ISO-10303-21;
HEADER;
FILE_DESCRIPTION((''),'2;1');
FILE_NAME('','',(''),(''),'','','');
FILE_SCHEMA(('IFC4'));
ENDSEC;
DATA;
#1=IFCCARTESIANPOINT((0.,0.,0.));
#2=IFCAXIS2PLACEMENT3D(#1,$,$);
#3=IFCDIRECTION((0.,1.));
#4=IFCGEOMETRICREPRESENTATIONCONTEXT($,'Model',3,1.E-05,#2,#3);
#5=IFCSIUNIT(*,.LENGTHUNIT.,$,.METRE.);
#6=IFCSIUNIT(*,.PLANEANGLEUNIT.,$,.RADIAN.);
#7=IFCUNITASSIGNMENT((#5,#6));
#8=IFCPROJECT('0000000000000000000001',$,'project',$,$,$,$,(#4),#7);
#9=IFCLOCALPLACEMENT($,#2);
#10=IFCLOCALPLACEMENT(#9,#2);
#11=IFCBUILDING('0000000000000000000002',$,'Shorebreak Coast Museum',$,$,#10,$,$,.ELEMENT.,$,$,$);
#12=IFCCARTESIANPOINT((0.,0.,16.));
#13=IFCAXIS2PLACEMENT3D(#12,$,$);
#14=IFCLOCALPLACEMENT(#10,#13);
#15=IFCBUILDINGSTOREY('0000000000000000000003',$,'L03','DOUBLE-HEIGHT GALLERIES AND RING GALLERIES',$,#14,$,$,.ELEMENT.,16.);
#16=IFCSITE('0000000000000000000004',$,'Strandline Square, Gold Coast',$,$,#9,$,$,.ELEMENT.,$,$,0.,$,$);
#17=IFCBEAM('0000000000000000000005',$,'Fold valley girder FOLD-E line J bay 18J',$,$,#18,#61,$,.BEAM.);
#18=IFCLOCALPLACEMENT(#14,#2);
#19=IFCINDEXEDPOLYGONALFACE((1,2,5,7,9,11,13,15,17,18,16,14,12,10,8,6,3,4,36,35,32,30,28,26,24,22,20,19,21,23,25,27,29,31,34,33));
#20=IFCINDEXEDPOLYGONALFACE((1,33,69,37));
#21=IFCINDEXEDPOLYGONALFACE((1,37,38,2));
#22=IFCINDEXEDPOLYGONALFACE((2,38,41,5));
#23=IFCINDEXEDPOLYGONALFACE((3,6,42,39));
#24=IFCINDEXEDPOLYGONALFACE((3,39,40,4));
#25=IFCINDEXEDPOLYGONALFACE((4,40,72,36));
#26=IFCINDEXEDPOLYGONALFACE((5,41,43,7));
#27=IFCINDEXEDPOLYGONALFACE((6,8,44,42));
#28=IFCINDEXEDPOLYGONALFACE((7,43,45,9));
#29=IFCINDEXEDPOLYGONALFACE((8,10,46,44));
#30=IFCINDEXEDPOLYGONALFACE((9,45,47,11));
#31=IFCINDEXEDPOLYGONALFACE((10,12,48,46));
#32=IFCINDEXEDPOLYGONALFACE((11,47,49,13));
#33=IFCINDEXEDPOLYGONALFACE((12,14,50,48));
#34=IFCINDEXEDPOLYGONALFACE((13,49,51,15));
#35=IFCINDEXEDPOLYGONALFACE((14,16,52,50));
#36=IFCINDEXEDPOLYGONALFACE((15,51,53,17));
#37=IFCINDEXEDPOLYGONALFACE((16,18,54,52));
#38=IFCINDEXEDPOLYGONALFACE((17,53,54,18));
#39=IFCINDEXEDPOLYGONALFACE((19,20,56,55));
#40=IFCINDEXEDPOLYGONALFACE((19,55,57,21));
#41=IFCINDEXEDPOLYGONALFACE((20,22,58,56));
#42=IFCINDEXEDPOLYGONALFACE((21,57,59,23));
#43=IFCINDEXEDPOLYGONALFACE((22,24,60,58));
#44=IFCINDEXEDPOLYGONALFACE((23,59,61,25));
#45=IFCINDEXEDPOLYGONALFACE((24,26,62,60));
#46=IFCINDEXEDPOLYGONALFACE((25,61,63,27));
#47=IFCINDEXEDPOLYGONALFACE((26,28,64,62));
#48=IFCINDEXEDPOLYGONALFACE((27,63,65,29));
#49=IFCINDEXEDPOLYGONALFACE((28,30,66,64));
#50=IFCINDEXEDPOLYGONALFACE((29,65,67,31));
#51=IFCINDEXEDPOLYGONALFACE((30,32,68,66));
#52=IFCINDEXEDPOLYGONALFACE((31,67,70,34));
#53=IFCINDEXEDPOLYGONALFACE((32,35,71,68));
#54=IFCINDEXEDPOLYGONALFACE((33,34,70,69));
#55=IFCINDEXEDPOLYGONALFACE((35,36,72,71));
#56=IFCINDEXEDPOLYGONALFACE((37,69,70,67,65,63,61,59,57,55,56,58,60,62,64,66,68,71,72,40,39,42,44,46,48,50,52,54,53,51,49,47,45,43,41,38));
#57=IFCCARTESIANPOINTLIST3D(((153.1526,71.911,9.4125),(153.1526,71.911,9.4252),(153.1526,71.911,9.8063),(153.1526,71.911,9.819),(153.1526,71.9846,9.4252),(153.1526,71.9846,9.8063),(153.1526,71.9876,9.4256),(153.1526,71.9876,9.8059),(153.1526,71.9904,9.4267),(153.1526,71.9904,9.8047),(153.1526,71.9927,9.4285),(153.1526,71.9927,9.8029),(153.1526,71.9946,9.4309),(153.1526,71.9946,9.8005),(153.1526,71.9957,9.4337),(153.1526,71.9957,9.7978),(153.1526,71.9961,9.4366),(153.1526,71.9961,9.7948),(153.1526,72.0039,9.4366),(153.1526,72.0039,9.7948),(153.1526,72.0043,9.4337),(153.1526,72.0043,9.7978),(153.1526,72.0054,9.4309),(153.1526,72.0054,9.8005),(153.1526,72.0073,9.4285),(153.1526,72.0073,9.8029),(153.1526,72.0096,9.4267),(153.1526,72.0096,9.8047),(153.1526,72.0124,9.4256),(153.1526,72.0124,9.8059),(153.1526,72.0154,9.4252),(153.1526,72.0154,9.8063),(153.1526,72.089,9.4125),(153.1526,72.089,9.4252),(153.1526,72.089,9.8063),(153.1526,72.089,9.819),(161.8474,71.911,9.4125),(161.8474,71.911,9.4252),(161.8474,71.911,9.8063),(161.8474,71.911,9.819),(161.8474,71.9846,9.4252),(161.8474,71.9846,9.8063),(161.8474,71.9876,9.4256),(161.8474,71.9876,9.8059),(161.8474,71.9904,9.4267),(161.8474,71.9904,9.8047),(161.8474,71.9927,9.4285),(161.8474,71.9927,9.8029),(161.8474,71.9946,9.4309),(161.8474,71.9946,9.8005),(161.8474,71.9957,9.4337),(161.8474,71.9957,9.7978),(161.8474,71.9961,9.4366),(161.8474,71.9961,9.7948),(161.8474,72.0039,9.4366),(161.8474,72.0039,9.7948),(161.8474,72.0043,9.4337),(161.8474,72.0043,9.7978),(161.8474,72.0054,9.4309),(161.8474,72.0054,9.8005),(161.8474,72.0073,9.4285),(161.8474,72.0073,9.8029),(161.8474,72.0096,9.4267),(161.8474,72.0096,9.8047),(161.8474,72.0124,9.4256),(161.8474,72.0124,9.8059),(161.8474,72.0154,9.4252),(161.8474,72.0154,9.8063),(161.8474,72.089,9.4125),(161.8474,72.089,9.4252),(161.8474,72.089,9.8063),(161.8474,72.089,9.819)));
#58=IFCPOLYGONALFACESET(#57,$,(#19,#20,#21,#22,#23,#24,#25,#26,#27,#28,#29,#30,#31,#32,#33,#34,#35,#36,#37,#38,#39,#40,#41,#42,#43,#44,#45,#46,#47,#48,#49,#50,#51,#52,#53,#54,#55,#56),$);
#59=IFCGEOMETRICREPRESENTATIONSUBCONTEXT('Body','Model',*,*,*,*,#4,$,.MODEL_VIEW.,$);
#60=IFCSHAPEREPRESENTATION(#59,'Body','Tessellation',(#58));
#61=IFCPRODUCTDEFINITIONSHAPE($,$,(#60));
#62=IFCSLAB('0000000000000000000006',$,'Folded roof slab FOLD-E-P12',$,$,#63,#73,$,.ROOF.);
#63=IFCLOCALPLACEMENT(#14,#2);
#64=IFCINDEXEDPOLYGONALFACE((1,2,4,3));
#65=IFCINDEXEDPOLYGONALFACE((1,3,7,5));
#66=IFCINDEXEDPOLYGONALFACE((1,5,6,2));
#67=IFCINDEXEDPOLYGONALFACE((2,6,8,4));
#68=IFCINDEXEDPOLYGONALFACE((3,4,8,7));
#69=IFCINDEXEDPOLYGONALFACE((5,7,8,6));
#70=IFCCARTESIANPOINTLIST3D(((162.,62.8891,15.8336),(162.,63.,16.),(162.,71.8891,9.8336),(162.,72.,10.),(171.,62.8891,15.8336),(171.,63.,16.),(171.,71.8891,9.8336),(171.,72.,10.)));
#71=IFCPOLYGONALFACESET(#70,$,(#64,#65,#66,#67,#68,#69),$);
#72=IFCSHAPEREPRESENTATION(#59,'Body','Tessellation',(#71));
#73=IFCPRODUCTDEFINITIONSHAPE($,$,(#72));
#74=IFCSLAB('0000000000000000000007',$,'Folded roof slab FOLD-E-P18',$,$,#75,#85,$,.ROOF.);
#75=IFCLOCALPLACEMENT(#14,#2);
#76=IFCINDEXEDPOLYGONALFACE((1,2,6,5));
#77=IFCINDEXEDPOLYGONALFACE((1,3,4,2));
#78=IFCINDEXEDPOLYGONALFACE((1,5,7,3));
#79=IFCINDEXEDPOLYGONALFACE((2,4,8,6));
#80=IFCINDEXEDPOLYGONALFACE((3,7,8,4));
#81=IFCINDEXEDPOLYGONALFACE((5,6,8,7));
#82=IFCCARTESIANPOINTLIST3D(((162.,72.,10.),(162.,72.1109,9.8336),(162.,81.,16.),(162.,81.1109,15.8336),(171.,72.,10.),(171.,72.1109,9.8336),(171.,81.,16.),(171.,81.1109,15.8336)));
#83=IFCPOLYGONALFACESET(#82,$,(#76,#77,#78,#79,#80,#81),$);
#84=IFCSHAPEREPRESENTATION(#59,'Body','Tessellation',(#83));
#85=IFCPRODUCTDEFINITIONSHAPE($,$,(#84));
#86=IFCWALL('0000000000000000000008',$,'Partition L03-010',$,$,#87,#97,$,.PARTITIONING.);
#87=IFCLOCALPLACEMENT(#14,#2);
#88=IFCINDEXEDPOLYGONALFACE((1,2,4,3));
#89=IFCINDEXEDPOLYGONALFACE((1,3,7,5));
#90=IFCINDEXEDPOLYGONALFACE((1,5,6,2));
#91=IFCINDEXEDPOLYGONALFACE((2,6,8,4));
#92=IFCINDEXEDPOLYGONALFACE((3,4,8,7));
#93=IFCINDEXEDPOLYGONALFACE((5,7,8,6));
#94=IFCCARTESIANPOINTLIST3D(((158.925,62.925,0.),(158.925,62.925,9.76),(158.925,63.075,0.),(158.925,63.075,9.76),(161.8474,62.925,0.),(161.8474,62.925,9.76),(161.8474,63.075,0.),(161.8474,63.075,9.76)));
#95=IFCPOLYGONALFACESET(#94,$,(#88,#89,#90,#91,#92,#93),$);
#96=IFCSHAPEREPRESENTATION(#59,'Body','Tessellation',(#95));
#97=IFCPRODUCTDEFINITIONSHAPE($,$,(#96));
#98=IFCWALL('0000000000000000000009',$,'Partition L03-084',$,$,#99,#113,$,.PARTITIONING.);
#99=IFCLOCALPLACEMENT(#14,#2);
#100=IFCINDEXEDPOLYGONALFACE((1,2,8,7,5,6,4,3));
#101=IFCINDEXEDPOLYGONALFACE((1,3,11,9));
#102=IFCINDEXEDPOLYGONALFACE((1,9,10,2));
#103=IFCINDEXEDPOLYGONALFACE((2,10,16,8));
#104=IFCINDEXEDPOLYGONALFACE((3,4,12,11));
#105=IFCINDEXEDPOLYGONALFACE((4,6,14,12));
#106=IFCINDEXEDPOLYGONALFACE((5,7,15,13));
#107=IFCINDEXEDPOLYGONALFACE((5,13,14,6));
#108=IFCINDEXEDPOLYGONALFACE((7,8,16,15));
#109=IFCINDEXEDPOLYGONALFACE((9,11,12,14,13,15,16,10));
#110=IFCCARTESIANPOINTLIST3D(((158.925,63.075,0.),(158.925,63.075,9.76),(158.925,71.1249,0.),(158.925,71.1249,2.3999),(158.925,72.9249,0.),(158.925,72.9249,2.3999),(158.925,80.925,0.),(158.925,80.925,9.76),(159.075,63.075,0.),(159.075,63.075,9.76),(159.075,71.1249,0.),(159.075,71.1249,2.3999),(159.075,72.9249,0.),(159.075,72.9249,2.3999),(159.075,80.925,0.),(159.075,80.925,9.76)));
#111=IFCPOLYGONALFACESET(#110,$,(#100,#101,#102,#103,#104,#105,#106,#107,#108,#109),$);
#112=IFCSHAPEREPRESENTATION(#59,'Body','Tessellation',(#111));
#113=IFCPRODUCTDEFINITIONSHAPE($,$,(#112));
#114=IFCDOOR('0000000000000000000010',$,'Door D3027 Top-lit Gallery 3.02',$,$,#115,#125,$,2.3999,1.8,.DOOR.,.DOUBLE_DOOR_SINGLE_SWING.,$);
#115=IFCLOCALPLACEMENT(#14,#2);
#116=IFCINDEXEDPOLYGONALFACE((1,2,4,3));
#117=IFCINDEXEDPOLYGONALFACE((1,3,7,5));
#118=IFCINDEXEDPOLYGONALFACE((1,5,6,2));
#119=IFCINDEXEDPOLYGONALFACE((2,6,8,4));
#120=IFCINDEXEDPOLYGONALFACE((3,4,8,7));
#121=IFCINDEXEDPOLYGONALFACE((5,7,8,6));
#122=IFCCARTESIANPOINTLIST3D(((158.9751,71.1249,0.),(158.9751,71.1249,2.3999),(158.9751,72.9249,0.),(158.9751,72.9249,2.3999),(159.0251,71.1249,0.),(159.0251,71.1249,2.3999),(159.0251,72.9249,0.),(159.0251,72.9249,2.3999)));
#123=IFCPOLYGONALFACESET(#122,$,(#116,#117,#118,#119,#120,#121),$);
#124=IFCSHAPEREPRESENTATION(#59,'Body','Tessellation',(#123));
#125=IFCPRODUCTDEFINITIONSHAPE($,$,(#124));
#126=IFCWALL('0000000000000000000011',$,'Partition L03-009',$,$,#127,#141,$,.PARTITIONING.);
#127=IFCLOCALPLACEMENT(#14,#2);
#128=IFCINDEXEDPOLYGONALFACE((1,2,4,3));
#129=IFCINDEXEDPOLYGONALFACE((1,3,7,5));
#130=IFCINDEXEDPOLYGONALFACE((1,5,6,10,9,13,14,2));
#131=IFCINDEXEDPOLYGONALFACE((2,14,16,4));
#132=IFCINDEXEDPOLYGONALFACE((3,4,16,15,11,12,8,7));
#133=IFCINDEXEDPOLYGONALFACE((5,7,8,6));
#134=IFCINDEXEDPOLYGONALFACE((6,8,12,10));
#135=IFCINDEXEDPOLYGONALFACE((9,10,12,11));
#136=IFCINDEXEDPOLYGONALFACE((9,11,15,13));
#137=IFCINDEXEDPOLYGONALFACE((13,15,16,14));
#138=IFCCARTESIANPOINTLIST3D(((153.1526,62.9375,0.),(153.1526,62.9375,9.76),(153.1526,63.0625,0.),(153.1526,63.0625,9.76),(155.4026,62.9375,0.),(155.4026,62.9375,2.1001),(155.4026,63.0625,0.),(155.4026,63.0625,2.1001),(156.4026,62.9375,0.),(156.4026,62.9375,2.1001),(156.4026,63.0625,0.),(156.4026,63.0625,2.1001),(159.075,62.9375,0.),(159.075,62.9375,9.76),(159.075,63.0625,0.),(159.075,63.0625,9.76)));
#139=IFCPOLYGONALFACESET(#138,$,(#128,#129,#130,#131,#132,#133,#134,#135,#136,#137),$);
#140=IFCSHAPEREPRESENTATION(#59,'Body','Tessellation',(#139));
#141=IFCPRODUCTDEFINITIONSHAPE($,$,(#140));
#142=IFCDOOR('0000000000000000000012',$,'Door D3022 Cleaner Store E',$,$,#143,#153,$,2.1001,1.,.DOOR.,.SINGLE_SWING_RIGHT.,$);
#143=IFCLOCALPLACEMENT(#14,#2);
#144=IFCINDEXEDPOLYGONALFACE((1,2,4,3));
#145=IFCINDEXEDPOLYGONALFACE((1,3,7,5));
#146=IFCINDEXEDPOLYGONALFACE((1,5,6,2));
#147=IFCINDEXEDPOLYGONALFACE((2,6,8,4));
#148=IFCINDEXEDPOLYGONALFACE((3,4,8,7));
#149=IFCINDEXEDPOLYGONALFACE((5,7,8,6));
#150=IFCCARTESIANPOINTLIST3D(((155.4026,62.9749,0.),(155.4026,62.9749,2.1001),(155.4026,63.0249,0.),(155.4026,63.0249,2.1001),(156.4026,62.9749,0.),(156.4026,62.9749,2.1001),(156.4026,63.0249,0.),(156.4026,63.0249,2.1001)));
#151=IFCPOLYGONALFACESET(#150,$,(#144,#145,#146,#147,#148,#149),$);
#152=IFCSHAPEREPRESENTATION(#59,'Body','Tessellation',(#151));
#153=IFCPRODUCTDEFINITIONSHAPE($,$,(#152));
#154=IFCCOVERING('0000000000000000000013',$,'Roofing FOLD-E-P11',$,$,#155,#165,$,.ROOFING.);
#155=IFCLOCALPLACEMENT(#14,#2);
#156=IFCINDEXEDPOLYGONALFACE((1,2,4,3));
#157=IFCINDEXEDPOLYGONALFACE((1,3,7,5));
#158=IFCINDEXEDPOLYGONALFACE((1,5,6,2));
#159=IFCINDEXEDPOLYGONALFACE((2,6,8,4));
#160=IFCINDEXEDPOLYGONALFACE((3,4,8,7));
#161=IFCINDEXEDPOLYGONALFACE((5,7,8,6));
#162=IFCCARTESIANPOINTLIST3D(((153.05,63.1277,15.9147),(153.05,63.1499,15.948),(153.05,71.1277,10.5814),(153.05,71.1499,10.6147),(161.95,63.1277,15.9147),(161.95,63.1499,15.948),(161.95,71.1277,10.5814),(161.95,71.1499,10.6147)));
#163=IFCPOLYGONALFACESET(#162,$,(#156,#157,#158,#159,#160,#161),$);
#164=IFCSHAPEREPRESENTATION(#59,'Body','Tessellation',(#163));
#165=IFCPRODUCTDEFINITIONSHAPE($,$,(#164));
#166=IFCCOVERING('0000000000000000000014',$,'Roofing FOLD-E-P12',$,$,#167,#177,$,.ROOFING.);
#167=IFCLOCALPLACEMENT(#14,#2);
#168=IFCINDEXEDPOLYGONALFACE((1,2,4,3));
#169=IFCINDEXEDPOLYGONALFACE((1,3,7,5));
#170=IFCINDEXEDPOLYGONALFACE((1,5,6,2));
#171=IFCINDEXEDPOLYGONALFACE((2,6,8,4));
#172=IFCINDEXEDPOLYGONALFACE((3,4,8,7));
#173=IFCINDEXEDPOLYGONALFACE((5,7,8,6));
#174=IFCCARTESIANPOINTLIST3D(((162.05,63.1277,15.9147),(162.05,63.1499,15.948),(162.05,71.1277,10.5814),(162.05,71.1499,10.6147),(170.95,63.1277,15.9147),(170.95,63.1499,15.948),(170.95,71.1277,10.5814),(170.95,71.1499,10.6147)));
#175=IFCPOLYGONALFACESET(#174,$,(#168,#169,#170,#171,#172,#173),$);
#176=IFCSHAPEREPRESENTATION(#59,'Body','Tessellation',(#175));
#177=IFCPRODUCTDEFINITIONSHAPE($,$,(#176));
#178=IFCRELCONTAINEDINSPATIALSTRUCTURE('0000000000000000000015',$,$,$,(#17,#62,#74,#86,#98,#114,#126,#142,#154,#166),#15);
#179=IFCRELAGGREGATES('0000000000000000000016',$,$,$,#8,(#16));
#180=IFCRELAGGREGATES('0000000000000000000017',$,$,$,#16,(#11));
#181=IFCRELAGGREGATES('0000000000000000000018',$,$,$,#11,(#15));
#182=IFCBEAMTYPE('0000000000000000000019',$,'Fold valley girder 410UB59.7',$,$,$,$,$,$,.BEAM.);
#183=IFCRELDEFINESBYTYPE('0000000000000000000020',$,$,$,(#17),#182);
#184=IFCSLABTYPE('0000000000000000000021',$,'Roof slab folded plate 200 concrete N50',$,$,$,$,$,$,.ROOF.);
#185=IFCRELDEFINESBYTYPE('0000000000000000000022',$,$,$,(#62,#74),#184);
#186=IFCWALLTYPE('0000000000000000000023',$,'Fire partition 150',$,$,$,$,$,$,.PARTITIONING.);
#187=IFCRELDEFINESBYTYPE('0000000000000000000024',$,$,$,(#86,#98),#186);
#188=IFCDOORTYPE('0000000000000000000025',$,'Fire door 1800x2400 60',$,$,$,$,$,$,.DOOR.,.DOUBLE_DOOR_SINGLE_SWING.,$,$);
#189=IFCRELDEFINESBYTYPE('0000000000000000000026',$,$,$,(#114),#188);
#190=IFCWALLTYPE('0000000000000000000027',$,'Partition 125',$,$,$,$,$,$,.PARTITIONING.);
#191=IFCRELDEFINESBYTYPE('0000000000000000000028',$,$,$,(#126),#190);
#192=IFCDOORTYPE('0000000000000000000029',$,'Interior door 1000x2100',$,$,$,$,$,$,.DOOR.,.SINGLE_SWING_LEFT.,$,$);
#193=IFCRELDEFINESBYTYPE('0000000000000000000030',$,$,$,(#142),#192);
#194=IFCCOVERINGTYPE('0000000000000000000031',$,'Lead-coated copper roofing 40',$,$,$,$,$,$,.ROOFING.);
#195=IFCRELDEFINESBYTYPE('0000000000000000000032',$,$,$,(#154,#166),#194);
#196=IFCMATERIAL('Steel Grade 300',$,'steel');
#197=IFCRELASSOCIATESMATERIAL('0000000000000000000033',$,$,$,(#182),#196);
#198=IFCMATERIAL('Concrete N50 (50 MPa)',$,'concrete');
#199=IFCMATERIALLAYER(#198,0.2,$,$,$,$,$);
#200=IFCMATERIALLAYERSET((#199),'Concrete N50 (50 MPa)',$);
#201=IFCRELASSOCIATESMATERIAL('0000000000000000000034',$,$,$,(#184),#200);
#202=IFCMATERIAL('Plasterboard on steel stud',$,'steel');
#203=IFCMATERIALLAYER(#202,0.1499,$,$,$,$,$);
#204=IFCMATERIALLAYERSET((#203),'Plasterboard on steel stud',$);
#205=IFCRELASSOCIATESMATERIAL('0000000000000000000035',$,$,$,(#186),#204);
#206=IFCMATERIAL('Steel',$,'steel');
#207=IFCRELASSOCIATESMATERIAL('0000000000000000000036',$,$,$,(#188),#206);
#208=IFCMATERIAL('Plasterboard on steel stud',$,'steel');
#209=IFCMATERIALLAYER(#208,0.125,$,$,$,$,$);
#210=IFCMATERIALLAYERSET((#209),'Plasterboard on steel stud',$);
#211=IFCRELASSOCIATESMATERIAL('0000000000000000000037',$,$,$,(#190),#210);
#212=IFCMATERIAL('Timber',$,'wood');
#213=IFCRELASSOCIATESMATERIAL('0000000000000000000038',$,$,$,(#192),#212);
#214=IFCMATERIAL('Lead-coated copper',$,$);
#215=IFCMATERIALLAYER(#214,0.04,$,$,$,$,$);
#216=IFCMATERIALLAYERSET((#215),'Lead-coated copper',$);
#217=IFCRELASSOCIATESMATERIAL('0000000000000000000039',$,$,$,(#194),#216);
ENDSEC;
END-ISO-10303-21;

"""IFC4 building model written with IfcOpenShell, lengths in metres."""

from ifc_helpers import new_model, si_unit, direction, frame, frame_2d, origin, origin_2d, place, context, subcontext, project, spatial, polyline, rectangle, i_section, outline, extrude, material, layer, layer_set, material_profile, profile_set, type_object, element, fill, save


model = new_model("IFC4")

# Units and contexts
model_context = context("Model", 3, precision=1e-05, world=origin(), true_north=direction((0.0, 1.0)))
body_context = subcontext(model_context, "Body", "Model", "MODEL_VIEW")
ifc_project = project(units=[si_unit("LENGTHUNIT", "METRE"), si_unit("PLANEANGLEUNIT", "RADIAN")], contexts=[model_context])

# Site, building, storey
site_placement = place(None, origin())
site = spatial("IfcSite", under=ifc_project, at=site_placement, Name="Strandline Square, Gold Coast", CompositionType="ELEMENT", RefElevation=0.0)
building_placement = place(site_placement, origin())
building = spatial("IfcBuilding", under=site, at=building_placement, Name="Shorebreak Coast Museum", CompositionType="ELEMENT")
storey_placement = place(building_placement, frame((0.0, 0.0, 16.0)))
storey = spatial("IfcBuildingStorey", under=building, at=storey_placement, Name="L03", Description="DOUBLE-HEIGHT GALLERIES AND RING GALLERIES", CompositionType="ELEMENT", Elevation=16.0)

# Beam
ifc_material_1 = material(Name="Steel Grade 300", Category="steel")
ifc_material_profile_1 = material_profile(ifc_material_1, i_section(OverallWidth=0.178, OverallDepth=0.4065, WebThickness=0.0078, FlangeThickness=0.0127, FilletRadius=0.0115, at=origin_2d()), Name="410UB59.7")
ifc_profile_set_1 = profile_set([ifc_material_profile_1], Name="Steel Grade 300")
beam_type_1 = type_object("IfcBeamType", Name="Fold valley girder 410UB59.7", PredefinedType="BEAM", material=ifc_profile_set_1)
beam_1_placement = place(storey_placement, frame((153.1526, 72.0, 9.6157), z_axis=(1.0, 0.0, 0.0), x_axis=(0.0, 1.0, 0.0)))
element("IfcBeam", 1, at=beam_1_placement, inside=storey, type_object=beam_type_1, Name="Fold valley girder FOLD-E line J bay 18J", PredefinedType="BEAM", context=body_context, shape_type="SweptSolid", body=[
    extrude(i_section(OverallWidth=0.178, OverallDepth=0.4065, WebThickness=0.0078, FlangeThickness=0.0127, FilletRadius=0.0115, at=origin_2d()), origin(), (0.0, 0.0, 1.0), 8.6948),
])

# Slabs
ifc_material_2 = material(Name="Concrete N50 (50 MPa)", Category="concrete")
ifc_layer_1 = layer(ifc_material_2, 0.2)
ifc_layer_set_1 = layer_set([ifc_layer_1], Name="Concrete N50 (50 MPa)")
slab_type = type_object("IfcSlabType", Name="Roof slab folded plate 200 concrete N50", PredefinedType="ROOF", material=ifc_layer_set_1)
for number, where, z_axis, x_axis, name in (
    (2, (162.0, 63.0, 16.0), (0.0, 0.5547, 0.83205), (1.0, 0.0, 0.0), "Folded roof slab FOLD-E-P12"),
    (3, (162.0, 72.0, 10.0), (0.0, -0.5547, 0.83205), (1.0, 0.0, 0.0), "Folded roof slab FOLD-E-P18"),
):
    element("IfcSlab", number, at=place(storey_placement, frame(where, z_axis=z_axis, x_axis=x_axis)), inside=storey, type_object=slab_type, Name=name, PredefinedType="ROOF", context=body_context, shape_type="SweptSolid", body=[
        extrude(outline(polyline([(0.0, 0.0), (9.0, 0.0), (9.0, 10.8167), (0.0, 10.8167), (0.0, 0.0)])), origin(), (0.0, 0.0, -1.0), 0.2),
    ])

# Wall
ifc_material_3 = material(Name="Plasterboard on steel stud", Category="steel")
ifc_layer_2 = layer(ifc_material_3, 0.1499)
ifc_layer_set_2 = layer_set([ifc_layer_2], Name="Plasterboard on steel stud")
wall_type_1 = type_object("IfcWallType", Name="Fire partition 150", PredefinedType="PARTITIONING", material=ifc_layer_set_2)
wall_1_placement = place(storey_placement, frame((158.925, 63.0, 0.0), z_axis=(0.0, 0.0, 1.0), x_axis=(1.0, 0.0, 0.0)))
element("IfcWall", 4, at=wall_1_placement, inside=storey, type_object=wall_type_1, Name="Partition L03-010", PredefinedType="PARTITIONING", context=body_context, shape_type="SweptSolid", body=[
    extrude(rectangle(XDim=2.9224, YDim=0.1499, at=frame_2d((1.4612, 0.0))), origin(), (0.0, 0.0, 1.0), 9.76),
])

# Walls, openings, doors
wall_2_placement = place(storey_placement, frame((159.0, 63.075, 0.0), z_axis=(0.0, 0.0, 1.0), x_axis=(0.0, 1.0, 0.0)))
wall_2 = element("IfcWall", 5, at=wall_2_placement, inside=storey, type_object=wall_type_1, Name="Partition L03-084", PredefinedType="PARTITIONING", context=body_context, shape_type="SweptSolid", body=[
    extrude(rectangle(XDim=17.8501, YDim=0.1499, at=frame_2d((8.925, 0.0))), origin(), (0.0, 0.0, 1.0), 9.76),
])
opening_1_placement = place(wall_2_placement, frame((8.05, 0.0, 0.0)))
opening_1 = element("IfcOpeningElement", 6, at=opening_1_placement, cuts=wall_2, PredefinedType="OPENING", context=body_context, shape_type="SweptSolid", body=[
    extrude(rectangle(XDim=1.8, YDim=2.3999, at=frame_2d((0.8999, 1.2))), frame((0.0, 0.085, 0.0), z_axis=(0.0, -1.0, 0.0), x_axis=(1.0, 0.0, 0.0)), (0.0, 0.0, 1.0), 0.1699),
])
ifc_material_4 = material(Name="Steel", Category="steel")
door_type_1 = type_object("IfcDoorType", Name="Fire door 1800x2400 60", OperationType="DOUBLE_DOOR_SINGLE_SWING", PredefinedType="DOOR", material=ifc_material_4)
door_1_placement = place(opening_1_placement, origin())
door_1 = element("IfcDoor", 7, at=door_1_placement, inside=storey, type_object=door_type_1, Name="Door D3027 Top-lit Gallery 3.02", OperationType="DOUBLE_DOOR_SINGLE_SWING", OverallHeight=2.3999, OverallWidth=1.8, PredefinedType="DOOR", context=body_context, shape_type="SweptSolid", body=[
    extrude(rectangle(XDim=1.8, YDim=2.3999, at=frame_2d((0.8999, 1.2))), frame((0.0, 0.0249, 0.0), z_axis=(0.0, -1.0, 0.0), x_axis=(1.0, 0.0, 0.0)), (0.0, 0.0, 1.0), 0.05),
])
fill(opening_1, door_1)
ifc_material_5 = material(Name="Plasterboard on steel stud", Category="steel")
ifc_layer_3 = layer(ifc_material_5, 0.125)
ifc_layer_set_3 = layer_set([ifc_layer_3], Name="Plasterboard on steel stud")
wall_type_2 = type_object("IfcWallType", Name="Partition 125", PredefinedType="PARTITIONING", material=ifc_layer_set_3)
wall_3_placement = place(storey_placement, frame((153.1526, 63.0, 0.0), z_axis=(0.0, 0.0, 1.0), x_axis=(1.0, 0.0, 0.0)))
wall_3 = element("IfcWall", 8, at=wall_3_placement, inside=storey, type_object=wall_type_2, Name="Partition L03-009", PredefinedType="PARTITIONING", context=body_context, shape_type="SweptSolid", body=[
    extrude(rectangle(XDim=5.9224, YDim=0.125, at=frame_2d((2.9612, 0.0))), origin(), (0.0, 0.0, 1.0), 9.76),
])
opening_2_placement = place(wall_3_placement, frame((2.25, 0.0, 0.0)))
opening_2 = element("IfcOpeningElement", 9, at=opening_2_placement, cuts=wall_3, PredefinedType="OPENING", context=body_context, shape_type="SweptSolid", body=[
    extrude(rectangle(XDim=1.0, YDim=2.1001, at=frame_2d((0.5, 1.05))), frame((0.0, 0.0725, 0.0), z_axis=(0.0, -1.0, 0.0), x_axis=(1.0, 0.0, 0.0)), (0.0, 0.0, 1.0), 0.145),
])
ifc_material_6 = material(Name="Timber", Category="wood")
door_type_2 = type_object("IfcDoorType", Name="Interior door 1000x2100", OperationType="SINGLE_SWING_LEFT", PredefinedType="DOOR", material=ifc_material_6)
door_2_placement = place(opening_2_placement, origin())
door_2 = element("IfcDoor", 10, at=door_2_placement, inside=storey, type_object=door_type_2, Name="Door D3022 Cleaner Store E", OperationType="SINGLE_SWING_RIGHT", OverallHeight=2.1001, OverallWidth=1.0, PredefinedType="DOOR", context=body_context, shape_type="SweptSolid", body=[
    extrude(rectangle(XDim=1.0, YDim=2.1001, at=frame_2d((0.5, 1.05))), frame((0.0, 0.0249, 0.0), z_axis=(0.0, -1.0, 0.0), x_axis=(1.0, 0.0, 0.0)), (0.0, 0.0, 1.0), 0.05),
])
fill(opening_2, door_2)

# Coverings
ifc_material_7 = material(Name="Lead-coated copper")
ifc_layer_4 = layer(ifc_material_7, 0.04)
ifc_layer_set_4 = layer_set([ifc_layer_4], Name="Lead-coated copper")
covering_type_1 = type_object("IfcCoveringType", Name="Lead-coated copper roofing 40", PredefinedType="ROOFING", material=ifc_layer_set_4)
for number, where, z_axis, x_axis, name in (
    (11, (153.05, 63.1499, 15.948), (0.0, 0.554694, 0.832054), (1.0, 0.0, 0.0), "Roofing FOLD-E-P11"),
    (12, (162.05, 63.1499, 15.948), (0.0, 0.554694, 0.832054), (1.0, 0.0, 0.0), "Roofing FOLD-E-P12"),
):
    element("IfcCovering", number, at=place(storey_placement, frame(where, z_axis=z_axis, x_axis=x_axis)), inside=storey, type_object=covering_type_1, Name=name, PredefinedType="ROOFING", context=body_context, shape_type="SweptSolid", body=[
        extrude(outline(polyline([(0.0, 0.0), (8.8999, 0.0), (8.8999, 9.6148), (0.0, 9.6148), (0.0, 0.0)])), origin(), (0.0, 0.0, -1.0), 0.04),
    ])

save(model, "model.ifc")
